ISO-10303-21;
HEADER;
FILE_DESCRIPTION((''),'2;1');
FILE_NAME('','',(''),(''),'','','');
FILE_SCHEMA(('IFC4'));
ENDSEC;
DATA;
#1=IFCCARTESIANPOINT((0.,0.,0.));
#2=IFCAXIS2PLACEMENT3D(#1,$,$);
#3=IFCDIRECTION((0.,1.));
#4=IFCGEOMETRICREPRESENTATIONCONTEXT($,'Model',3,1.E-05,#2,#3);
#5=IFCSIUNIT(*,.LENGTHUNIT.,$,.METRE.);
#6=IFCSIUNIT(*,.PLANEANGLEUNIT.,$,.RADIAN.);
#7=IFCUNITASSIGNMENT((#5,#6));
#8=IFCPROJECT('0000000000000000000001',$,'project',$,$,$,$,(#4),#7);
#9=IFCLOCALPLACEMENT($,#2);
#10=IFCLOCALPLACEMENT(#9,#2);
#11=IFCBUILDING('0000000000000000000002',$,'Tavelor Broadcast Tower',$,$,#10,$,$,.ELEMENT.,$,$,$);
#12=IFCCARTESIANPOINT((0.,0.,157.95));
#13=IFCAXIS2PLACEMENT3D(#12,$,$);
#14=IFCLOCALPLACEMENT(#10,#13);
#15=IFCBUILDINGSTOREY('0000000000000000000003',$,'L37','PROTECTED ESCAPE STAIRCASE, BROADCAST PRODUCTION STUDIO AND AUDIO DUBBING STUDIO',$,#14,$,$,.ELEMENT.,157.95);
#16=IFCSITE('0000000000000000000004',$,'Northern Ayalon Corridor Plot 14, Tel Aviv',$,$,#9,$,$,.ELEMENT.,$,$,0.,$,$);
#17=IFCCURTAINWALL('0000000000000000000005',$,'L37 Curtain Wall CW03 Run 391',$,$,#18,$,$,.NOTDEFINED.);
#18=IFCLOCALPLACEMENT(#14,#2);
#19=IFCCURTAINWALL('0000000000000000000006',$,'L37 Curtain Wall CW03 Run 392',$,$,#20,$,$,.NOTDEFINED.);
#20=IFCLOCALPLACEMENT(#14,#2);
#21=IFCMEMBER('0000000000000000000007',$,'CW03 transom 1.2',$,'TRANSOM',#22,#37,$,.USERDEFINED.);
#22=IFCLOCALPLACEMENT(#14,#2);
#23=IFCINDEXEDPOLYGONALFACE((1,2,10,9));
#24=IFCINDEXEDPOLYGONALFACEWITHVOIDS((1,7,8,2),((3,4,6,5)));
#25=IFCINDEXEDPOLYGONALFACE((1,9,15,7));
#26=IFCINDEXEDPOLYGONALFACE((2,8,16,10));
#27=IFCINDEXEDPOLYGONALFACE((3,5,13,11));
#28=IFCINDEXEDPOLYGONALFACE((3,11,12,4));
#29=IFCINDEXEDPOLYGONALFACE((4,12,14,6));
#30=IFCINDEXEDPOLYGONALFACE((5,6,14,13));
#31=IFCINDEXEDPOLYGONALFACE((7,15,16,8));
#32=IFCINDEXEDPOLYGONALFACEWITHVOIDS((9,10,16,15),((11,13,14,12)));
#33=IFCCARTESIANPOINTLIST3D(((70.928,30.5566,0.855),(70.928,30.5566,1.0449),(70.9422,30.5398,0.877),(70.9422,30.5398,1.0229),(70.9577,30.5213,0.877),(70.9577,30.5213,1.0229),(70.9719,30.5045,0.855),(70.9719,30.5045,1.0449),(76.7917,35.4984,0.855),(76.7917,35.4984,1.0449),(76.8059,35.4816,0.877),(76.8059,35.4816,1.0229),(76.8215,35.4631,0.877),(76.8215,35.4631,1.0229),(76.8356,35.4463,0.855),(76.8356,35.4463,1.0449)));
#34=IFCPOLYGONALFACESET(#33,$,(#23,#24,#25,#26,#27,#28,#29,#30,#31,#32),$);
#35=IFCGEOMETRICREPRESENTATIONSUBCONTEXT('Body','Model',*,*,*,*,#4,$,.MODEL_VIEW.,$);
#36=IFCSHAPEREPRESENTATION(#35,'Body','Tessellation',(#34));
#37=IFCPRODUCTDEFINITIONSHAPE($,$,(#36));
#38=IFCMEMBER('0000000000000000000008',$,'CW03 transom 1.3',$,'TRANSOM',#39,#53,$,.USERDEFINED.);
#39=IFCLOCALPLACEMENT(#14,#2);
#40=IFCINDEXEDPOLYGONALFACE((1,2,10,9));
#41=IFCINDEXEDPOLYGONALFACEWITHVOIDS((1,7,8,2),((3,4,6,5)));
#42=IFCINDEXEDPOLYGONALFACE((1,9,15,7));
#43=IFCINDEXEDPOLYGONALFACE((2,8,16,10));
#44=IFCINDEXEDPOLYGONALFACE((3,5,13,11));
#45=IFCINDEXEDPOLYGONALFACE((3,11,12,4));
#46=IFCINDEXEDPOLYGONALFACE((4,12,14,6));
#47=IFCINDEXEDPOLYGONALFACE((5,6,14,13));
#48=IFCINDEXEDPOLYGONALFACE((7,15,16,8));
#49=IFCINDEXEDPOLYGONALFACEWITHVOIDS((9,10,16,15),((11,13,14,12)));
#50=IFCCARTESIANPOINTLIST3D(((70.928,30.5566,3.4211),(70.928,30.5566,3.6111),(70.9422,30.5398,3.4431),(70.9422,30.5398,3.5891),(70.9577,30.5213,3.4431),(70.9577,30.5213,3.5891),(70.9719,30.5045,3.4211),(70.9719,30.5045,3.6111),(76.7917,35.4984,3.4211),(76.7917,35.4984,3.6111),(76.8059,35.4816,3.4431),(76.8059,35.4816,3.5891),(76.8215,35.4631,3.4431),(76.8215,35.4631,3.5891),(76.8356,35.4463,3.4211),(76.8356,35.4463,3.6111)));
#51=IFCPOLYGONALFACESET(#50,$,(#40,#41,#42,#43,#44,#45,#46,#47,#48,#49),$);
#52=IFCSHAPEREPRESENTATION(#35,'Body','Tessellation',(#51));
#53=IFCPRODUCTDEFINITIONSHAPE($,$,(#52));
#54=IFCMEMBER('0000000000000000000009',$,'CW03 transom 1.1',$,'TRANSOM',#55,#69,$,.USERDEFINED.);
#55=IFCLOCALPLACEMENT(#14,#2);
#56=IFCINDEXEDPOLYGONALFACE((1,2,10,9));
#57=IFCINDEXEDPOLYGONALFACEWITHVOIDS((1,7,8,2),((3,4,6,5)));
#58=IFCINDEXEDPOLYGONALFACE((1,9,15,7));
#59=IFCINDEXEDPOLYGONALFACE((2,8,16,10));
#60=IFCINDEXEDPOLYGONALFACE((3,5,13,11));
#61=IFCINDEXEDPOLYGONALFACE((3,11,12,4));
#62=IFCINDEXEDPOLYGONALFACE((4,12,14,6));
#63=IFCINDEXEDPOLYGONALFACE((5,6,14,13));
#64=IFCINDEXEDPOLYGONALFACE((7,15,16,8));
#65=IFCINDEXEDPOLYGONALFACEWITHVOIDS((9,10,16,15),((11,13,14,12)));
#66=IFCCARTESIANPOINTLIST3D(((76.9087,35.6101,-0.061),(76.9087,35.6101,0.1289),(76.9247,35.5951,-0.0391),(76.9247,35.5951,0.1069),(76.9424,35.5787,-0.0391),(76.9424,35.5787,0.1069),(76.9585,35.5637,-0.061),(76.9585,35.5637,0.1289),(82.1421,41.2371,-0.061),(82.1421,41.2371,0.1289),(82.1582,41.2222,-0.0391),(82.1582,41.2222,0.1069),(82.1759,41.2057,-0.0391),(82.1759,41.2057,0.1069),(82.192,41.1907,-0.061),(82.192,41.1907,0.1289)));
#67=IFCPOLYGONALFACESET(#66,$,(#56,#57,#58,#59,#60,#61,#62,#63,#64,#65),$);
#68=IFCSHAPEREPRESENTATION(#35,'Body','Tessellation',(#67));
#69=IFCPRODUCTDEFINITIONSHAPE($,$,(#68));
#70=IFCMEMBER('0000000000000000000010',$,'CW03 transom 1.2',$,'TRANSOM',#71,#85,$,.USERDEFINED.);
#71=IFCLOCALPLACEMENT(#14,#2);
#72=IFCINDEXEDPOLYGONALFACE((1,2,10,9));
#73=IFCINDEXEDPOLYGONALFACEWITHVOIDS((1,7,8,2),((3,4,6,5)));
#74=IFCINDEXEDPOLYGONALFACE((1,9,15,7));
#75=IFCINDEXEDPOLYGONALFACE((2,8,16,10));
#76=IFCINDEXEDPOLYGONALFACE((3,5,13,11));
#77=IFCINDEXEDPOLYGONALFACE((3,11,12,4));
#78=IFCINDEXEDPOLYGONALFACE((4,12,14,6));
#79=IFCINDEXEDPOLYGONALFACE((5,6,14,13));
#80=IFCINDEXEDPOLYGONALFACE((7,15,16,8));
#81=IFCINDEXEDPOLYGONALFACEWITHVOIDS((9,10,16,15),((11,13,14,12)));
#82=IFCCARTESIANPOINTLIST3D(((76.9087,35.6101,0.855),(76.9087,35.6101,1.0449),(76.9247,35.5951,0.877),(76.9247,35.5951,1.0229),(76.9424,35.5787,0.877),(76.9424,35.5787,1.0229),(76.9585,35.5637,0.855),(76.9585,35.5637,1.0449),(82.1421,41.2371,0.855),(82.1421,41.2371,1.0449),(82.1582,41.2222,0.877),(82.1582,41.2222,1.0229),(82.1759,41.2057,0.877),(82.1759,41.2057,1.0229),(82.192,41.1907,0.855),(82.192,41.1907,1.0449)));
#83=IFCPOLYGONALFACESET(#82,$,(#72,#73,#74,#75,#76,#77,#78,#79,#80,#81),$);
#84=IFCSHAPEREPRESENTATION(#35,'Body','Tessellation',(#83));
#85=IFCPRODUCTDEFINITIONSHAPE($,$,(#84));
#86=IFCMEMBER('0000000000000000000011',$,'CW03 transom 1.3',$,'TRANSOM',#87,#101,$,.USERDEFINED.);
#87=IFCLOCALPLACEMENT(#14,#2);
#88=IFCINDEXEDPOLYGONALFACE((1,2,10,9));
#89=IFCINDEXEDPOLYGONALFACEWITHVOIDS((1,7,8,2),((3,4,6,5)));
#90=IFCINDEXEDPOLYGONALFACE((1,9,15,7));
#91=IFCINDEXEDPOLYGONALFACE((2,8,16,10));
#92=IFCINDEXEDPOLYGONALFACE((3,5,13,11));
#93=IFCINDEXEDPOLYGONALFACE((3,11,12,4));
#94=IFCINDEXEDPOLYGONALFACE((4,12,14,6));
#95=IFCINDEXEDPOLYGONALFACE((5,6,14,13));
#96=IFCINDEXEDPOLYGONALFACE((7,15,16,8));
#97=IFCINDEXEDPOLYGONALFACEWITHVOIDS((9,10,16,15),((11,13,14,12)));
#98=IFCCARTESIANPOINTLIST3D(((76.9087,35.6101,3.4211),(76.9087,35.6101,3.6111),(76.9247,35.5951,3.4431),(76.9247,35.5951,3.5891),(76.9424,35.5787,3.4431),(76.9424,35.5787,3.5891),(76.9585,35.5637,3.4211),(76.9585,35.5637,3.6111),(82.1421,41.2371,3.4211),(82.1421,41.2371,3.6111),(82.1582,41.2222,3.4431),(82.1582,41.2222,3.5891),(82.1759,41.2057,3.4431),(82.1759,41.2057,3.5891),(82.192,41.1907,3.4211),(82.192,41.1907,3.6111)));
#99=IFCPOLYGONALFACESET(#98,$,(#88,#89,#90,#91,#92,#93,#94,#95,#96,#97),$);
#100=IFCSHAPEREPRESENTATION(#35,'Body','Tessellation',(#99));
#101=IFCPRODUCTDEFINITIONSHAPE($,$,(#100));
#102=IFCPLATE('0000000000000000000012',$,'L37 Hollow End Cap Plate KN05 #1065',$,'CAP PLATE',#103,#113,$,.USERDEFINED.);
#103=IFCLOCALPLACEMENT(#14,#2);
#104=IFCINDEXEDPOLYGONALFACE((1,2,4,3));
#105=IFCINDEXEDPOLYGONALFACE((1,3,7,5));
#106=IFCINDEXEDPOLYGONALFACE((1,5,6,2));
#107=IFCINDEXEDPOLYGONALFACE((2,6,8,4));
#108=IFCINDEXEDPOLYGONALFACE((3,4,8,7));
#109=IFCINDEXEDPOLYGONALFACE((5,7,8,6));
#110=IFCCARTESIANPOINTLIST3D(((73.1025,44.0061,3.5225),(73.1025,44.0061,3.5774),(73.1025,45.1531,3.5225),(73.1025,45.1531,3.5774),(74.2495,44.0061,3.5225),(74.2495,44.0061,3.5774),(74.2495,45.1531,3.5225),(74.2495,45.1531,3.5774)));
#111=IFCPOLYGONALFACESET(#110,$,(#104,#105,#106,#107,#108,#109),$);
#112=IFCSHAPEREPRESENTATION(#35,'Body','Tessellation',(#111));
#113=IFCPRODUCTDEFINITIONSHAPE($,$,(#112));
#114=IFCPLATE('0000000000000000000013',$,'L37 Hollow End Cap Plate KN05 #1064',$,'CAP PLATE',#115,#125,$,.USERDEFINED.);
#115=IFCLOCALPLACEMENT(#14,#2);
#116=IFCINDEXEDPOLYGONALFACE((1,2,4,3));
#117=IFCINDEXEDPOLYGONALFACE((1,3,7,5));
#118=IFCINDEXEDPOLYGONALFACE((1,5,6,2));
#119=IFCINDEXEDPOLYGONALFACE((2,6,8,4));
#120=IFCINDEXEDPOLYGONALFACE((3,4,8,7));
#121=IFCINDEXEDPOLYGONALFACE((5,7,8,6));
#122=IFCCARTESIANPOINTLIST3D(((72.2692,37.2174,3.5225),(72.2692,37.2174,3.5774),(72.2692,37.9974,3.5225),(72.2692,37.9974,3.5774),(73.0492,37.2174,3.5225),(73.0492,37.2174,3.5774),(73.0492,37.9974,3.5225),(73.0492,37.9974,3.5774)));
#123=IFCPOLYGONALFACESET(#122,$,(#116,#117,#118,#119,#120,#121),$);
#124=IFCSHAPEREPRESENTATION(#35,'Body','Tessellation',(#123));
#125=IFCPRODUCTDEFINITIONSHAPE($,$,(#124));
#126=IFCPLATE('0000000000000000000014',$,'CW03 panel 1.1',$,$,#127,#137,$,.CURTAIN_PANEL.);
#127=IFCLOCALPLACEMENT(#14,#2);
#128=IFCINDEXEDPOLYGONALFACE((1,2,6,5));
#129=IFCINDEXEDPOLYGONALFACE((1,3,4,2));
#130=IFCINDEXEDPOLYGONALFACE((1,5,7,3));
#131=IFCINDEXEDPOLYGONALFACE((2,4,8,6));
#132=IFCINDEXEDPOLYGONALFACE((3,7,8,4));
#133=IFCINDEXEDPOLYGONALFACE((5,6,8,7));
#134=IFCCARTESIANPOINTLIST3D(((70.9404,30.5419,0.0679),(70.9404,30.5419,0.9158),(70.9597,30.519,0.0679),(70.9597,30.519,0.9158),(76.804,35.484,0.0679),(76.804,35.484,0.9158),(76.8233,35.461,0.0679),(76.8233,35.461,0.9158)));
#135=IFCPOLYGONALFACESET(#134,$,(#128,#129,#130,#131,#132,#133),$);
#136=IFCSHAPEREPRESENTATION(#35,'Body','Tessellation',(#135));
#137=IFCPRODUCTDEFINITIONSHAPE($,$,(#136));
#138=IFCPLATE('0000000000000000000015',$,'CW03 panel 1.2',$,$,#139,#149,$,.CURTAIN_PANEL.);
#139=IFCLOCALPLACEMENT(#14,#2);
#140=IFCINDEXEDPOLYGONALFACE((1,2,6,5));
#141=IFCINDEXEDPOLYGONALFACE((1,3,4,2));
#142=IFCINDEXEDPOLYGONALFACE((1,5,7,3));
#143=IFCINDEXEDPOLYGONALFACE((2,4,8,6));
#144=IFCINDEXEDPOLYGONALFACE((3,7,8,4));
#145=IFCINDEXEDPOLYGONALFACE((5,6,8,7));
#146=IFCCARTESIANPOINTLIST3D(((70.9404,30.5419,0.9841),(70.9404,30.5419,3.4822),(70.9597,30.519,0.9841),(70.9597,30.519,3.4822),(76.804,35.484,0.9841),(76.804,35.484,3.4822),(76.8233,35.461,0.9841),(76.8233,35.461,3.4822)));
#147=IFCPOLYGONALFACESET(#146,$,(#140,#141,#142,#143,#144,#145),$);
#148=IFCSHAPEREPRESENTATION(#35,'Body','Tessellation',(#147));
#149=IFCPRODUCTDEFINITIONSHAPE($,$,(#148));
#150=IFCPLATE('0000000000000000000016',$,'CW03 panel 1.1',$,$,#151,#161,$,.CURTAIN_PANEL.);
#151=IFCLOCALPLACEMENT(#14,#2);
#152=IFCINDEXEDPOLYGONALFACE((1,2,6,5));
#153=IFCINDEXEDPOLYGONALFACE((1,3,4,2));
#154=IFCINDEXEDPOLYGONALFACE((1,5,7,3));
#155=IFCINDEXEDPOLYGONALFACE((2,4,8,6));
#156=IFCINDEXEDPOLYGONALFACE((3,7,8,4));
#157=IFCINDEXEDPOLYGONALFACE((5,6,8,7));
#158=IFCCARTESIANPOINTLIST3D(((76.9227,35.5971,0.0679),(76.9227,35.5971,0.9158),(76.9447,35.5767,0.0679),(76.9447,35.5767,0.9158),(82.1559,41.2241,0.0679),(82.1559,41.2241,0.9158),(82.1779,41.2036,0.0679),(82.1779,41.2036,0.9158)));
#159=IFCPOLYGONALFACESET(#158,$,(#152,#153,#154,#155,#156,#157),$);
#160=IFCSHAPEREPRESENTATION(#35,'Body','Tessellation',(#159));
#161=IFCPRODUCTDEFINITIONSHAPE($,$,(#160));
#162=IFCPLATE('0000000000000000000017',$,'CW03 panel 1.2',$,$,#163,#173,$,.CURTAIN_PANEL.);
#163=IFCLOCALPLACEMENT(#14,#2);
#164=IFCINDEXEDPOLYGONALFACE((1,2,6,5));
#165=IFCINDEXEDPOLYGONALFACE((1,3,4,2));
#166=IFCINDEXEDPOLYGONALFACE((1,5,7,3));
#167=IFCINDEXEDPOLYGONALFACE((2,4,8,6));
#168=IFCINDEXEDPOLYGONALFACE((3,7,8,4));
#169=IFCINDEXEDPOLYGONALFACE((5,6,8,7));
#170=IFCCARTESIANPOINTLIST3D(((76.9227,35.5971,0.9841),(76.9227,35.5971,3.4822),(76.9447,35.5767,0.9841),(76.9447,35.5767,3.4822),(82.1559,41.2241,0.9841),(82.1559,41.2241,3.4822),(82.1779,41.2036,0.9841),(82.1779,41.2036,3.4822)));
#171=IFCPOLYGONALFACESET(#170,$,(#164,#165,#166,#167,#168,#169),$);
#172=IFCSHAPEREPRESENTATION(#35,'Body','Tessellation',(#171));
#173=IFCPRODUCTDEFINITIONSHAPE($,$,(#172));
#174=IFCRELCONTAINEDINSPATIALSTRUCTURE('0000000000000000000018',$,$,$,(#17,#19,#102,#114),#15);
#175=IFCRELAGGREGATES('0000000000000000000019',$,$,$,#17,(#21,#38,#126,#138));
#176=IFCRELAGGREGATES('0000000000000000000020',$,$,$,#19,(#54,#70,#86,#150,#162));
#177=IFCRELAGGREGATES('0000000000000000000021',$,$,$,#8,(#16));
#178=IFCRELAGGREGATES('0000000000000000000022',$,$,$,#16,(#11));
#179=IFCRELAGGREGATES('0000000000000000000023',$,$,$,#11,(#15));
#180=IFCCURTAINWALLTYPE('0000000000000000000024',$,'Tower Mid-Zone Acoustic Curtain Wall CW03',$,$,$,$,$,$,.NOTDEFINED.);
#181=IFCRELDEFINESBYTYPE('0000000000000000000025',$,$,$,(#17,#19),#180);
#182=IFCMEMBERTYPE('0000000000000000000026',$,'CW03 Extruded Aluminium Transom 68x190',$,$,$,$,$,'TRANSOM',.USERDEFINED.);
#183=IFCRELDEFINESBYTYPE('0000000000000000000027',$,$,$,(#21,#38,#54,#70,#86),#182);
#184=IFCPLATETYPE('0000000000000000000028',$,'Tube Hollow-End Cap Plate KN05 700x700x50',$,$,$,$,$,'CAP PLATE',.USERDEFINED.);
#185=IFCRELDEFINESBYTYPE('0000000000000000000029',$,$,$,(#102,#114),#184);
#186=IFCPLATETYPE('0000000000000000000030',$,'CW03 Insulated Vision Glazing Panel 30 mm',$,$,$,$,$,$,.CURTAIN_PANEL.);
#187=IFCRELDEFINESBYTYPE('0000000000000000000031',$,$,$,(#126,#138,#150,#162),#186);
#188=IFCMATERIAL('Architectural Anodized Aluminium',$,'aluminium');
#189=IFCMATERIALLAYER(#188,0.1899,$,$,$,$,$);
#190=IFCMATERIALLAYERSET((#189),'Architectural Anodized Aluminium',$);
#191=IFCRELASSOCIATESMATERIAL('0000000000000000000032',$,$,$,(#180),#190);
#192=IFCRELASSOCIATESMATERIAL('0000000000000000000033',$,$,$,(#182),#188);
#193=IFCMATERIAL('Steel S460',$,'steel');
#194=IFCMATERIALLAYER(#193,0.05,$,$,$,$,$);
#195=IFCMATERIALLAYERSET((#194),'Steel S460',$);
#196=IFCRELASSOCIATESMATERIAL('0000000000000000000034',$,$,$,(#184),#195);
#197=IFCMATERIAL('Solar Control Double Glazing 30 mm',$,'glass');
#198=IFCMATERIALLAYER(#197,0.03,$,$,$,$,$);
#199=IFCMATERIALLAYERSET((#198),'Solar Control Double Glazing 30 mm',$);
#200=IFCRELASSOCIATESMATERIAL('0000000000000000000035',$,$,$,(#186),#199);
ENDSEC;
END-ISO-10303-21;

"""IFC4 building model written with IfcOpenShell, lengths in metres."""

from ifc_helpers import new_model, si_unit, direction, frame, origin, origin_2d, place, context, subcontext, project, spatial, rectangle, hollow_rectangle, extrude, source, transform, mapped, material, layer, layer_set, material_profile, profile_set, type_object, type_shapes, element, aggregate, save


model = new_model("IFC4")

# Units and contexts
model_context = context("Model", 3, precision=1e-05, world=origin(), true_north=direction((0.0, 1.0)))
body_context = subcontext(model_context, "Body", "Model", "MODEL_VIEW")
ifc_project = project(units=[si_unit("LENGTHUNIT", "METRE"), si_unit("PLANEANGLEUNIT", "RADIAN")], contexts=[model_context])

# Site, building, storey
site_placement = place(None, origin())
site = spatial("IfcSite", under=ifc_project, at=site_placement, Name="Northern Ayalon Corridor Plot 14, Tel Aviv", CompositionType="ELEMENT", RefElevation=0.0)
building_placement = place(site_placement, origin())
building = spatial("IfcBuilding", under=site, at=building_placement, Name="Tavelor Broadcast Tower", CompositionType="ELEMENT")
storey_placement = place(building_placement, frame((0.0, 0.0, 157.95)))
storey = spatial("IfcBuildingStorey", under=building, at=storey_placement, Name="L37", Description="PROTECTED ESCAPE STAIRCASE, BROADCAST PRODUCTION STUDIO AND AUDIO DUBBING STUDIO", CompositionType="ELEMENT", Elevation=157.95)

# Shared definitions
ifc_material_1 = material(Name="Steel S460", Category="steel")

# Curtain wall
ifc_material_2 = material(Name="Architectural Anodized Aluminium", Category="aluminium")
ifc_layer_1 = layer(ifc_material_2, 0.1899)
ifc_layer_set_1 = layer_set([ifc_layer_1], Name="Architectural Anodized Aluminium")
curtain_wall_type = type_object("IfcCurtainWallType", Name="Tower Mid-Zone Acoustic Curtain Wall CW03", PredefinedType="NOTDEFINED", material=ifc_layer_set_1)
curtain_wall_1_placement = place(storey_placement, origin())
curtain_wall_1 = element("IfcCurtainWall", 1, at=curtain_wall_1_placement, inside=storey, type_object=curtain_wall_type, Name="L37 Curtain Wall CW03 Run 391", PredefinedType="NOTDEFINED")

# Curtain wall
curtain_wall_2_placement = place(storey_placement, origin())
curtain_wall_2 = element("IfcCurtainWall", 2, at=curtain_wall_2_placement, inside=storey, type_object=curtain_wall_type, Name="L37 Curtain Wall CW03 Run 392", PredefinedType="NOTDEFINED")

# Members
ifc_material_profile_1 = material_profile(ifc_material_2, hollow_rectangle(XDim=0.0681, YDim=0.1899, WallThickness=0.022, at=origin_2d()), Name="RHS 68x190x22")
ifc_profile_set_1 = profile_set([ifc_material_profile_1], Name="Architectural Anodized Aluminium")
member_type_1 = type_object("IfcMemberType", Name="CW03 Extruded Aluminium Transom 68x190", ElementType="TRANSOM", PredefinedType="USERDEFINED", material=ifc_profile_set_1)
shared_shape_1 = source(origin(), body_context, "Body", "SweptSolid", [
    extrude(hollow_rectangle(XDim=0.0681, YDim=0.1899, WallThickness=0.022, at=origin_2d()), origin(), (0.0, 0.0, 1.0), 7.6685),
])
member_1_placement = place(storey_placement, frame((70.95, 30.5305, 0.95), z_axis=(0.764655, 0.64444, 0.0), x_axis=(-0.64444, 0.764655, 0.0)))
member_1 = element("IfcMember", 3, at=member_1_placement, type_object=member_type_1, Name="CW03 transom 1.2", ObjectType="TRANSOM", PredefinedType="USERDEFINED", context=body_context, shape_type="MappedRepresentation", body=[
    mapped(shared_shape_1, transform((0.0, 0.0, 0.0), scale=1.0)),
])
member_2_placement = place(storey_placement, frame((70.95, 30.5305, 3.5161), z_axis=(0.764655, 0.64444, 0.0), x_axis=(-0.64444, 0.764655, 0.0)))
member_2 = element("IfcMember", 4, at=member_2_placement, type_object=member_type_1, Name="CW03 transom 1.3", ObjectType="TRANSOM", PredefinedType="USERDEFINED", context=body_context, shape_type="MappedRepresentation", body=[
    mapped(shared_shape_1, transform((0.0, 0.0, 0.0), scale=1.0)),
])
shared_shape_2 = source(origin(), body_context, "Body", "SweptSolid", [
    extrude(hollow_rectangle(XDim=0.0681, YDim=0.1899, WallThickness=0.022, at=origin_2d()), origin(), (0.0, 0.0, 1.0), 7.6846),
])
type_shapes(member_type_1, [shared_shape_1, shared_shape_2])
member_3_placement = place(storey_placement, frame((76.9336, 35.5869, 0.0339), z_axis=(0.681036, 0.73225, 0.0), x_axis=(-0.73225, 0.681036, 0.0)))
member_3 = element("IfcMember", 5, at=member_3_placement, type_object=member_type_1, Name="CW03 transom 1.1", ObjectType="TRANSOM", PredefinedType="USERDEFINED", context=body_context, shape_type="MappedRepresentation", body=[
    mapped(shared_shape_2, transform((0.0, 0.0, 0.0), scale=1.0)),
])
member_4_placement = place(storey_placement, frame((76.9336, 35.5869, 0.95), z_axis=(0.681036, 0.73225, 0.0), x_axis=(-0.73225, 0.681036, 0.0)))
member_4 = element("IfcMember", 6, at=member_4_placement, type_object=member_type_1, Name="CW03 transom 1.2", ObjectType="TRANSOM", PredefinedType="USERDEFINED", context=body_context, shape_type="MappedRepresentation", body=[
    mapped(shared_shape_2, transform((0.0, 0.0, 0.0), scale=1.0)),
])
member_5_placement = place(storey_placement, frame((76.9336, 35.5869, 3.5161), z_axis=(0.681036, 0.73225, 0.0), x_axis=(-0.73225, 0.681036, 0.0)))
member_5 = element("IfcMember", 7, at=member_5_placement, type_object=member_type_1, Name="CW03 transom 1.3", ObjectType="TRANSOM", PredefinedType="USERDEFINED", context=body_context, shape_type="MappedRepresentation", body=[
    mapped(shared_shape_2, transform((0.0, 0.0, 0.0), scale=1.0)),
])

# Plates
ifc_layer_2 = layer(ifc_material_1, 0.05)
ifc_layer_set_2 = layer_set([ifc_layer_2], Name="Steel S460")
plate_type_1 = type_object("IfcPlateType", Name="Tube Hollow-End Cap Plate KN05 700x700x50", ElementType="CAP PLATE", PredefinedType="USERDEFINED", material=ifc_layer_set_2)
shared_shape_3 = source(origin(), body_context, "Body", "SweptSolid", [
    extrude(rectangle(XDim=1.147, YDim=1.147, at=origin_2d()), origin(), (0.0, 0.0, 1.0), 0.0549),
])
plate_1_placement = place(storey_placement, frame((73.676, 44.5796, 3.5225), z_axis=(0.0, 0.0, 1.0), x_axis=(1.0, 0.0, 0.0)))
element("IfcPlate", 8, at=plate_1_placement, inside=storey, type_object=plate_type_1, Name="L37 Hollow End Cap Plate KN05 #1065", ObjectType="CAP PLATE", PredefinedType="USERDEFINED", context=body_context, shape_type="MappedRepresentation", body=[
    mapped(shared_shape_3, transform((0.0, 0.0, 0.0), scale=1.0)),
])
shared_shape_4 = source(origin(), body_context, "Body", "SweptSolid", [
    extrude(rectangle(XDim=0.78, YDim=0.78, at=origin_2d()), origin(), (0.0, 0.0, 1.0), 0.0549),
])
type_shapes(plate_type_1, [shared_shape_3, shared_shape_4])
plate_2_placement = place(storey_placement, frame((72.6592, 37.6074, 3.5225), z_axis=(0.0, 0.0, 1.0), x_axis=(1.0, 0.0, 0.0)))
element("IfcPlate", 9, at=plate_2_placement, inside=storey, type_object=plate_type_1, Name="L37 Hollow End Cap Plate KN05 #1064", ObjectType="CAP PLATE", PredefinedType="USERDEFINED", context=body_context, shape_type="MappedRepresentation", body=[
    mapped(shared_shape_4, transform((0.0, 0.0, 0.0), scale=1.0)),
])

# Plates
ifc_material_3 = material(Name="Solar Control Double Glazing 30 mm", Category="glass")
ifc_layer_3 = layer(ifc_material_3, 0.03)
ifc_layer_set_3 = layer_set([ifc_layer_3], Name="Solar Control Double Glazing 30 mm")
plate_type_2 = type_object("IfcPlateType", Name="CW03 Insulated Vision Glazing Panel 30 mm", PredefinedType="CURTAIN_PANEL", material=ifc_layer_set_3)
shared_shape_5 = source(origin(), body_context, "Body", "SweptSolid", [
    extrude(rectangle(XDim=7.6685, YDim=0.03, at=origin_2d()), origin(), (0.0, 0.0, 1.0), 0.8479),
])
plate_3_placement = place(storey_placement, frame((73.8818, 33.0015, 0.0679), z_axis=(0.0, 0.0, 1.0), x_axis=(0.764636, 0.644462, 0.0)))
plate_3 = element("IfcPlate", 10, at=plate_3_placement, type_object=plate_type_2, Name="CW03 panel 1.1", PredefinedType="CURTAIN_PANEL", context=body_context, shape_type="MappedRepresentation", body=[
    mapped(shared_shape_5, transform((0.0, 0.0, 0.0), scale=1.0)),
])
shared_shape_6 = source(origin(), body_context, "Body", "SweptSolid", [
    extrude(rectangle(XDim=7.6685, YDim=0.03, at=origin_2d()), origin(), (0.0, 0.0, 1.0), 2.498),
])
plate_4_placement = place(storey_placement, frame((73.8818, 33.0015, 0.9841), z_axis=(0.0, 0.0, 1.0), x_axis=(0.764636, 0.644462, 0.0)))
plate_4 = element("IfcPlate", 11, at=plate_4_placement, type_object=plate_type_2, Name="CW03 panel 1.2", PredefinedType="CURTAIN_PANEL", context=body_context, shape_type="MappedRepresentation", body=[
    mapped(shared_shape_6, transform((0.0, 0.0, 0.0), scale=1.0)),
])
aggregate(curtain_wall_1, [member_1, member_2, plate_3, plate_4])
shared_shape_7 = source(origin(), body_context, "Body", "SweptSolid", [
    extrude(rectangle(XDim=7.6843, YDim=0.03, at=origin_2d()), origin(), (0.0, 0.0, 1.0), 0.8479),
])
plate_5_placement = place(storey_placement, frame((79.5503, 38.4004, 0.0679), z_axis=(0.0, 0.0, 1.0), x_axis=(0.681024, 0.732261, 0.0)))
plate_5 = element("IfcPlate", 12, at=plate_5_placement, type_object=plate_type_2, Name="CW03 panel 1.1", PredefinedType="CURTAIN_PANEL", context=body_context, shape_type="MappedRepresentation", body=[
    mapped(shared_shape_7, transform((0.0, 0.0, 0.0), scale=1.0)),
])
shared_shape_8 = source(origin(), body_context, "Body", "SweptSolid", [
    extrude(rectangle(XDim=7.6843, YDim=0.03, at=origin_2d()), origin(), (0.0, 0.0, 1.0), 2.498),
])
type_shapes(plate_type_2, [shared_shape_5, shared_shape_6, shared_shape_7, shared_shape_8])
plate_6_placement = place(storey_placement, frame((79.5503, 38.4004, 0.9841), z_axis=(0.0, 0.0, 1.0), x_axis=(0.681024, 0.732261, 0.0)))
plate_6 = element("IfcPlate", 13, at=plate_6_placement, type_object=plate_type_2, Name="CW03 panel 1.2", PredefinedType="CURTAIN_PANEL", context=body_context, shape_type="MappedRepresentation", body=[
    mapped(shared_shape_8, transform((0.0, 0.0, 0.0), scale=1.0)),
])
aggregate(curtain_wall_2, [member_3, member_4, member_5, plate_5, plate_6])

save(model, "model.ifc")
